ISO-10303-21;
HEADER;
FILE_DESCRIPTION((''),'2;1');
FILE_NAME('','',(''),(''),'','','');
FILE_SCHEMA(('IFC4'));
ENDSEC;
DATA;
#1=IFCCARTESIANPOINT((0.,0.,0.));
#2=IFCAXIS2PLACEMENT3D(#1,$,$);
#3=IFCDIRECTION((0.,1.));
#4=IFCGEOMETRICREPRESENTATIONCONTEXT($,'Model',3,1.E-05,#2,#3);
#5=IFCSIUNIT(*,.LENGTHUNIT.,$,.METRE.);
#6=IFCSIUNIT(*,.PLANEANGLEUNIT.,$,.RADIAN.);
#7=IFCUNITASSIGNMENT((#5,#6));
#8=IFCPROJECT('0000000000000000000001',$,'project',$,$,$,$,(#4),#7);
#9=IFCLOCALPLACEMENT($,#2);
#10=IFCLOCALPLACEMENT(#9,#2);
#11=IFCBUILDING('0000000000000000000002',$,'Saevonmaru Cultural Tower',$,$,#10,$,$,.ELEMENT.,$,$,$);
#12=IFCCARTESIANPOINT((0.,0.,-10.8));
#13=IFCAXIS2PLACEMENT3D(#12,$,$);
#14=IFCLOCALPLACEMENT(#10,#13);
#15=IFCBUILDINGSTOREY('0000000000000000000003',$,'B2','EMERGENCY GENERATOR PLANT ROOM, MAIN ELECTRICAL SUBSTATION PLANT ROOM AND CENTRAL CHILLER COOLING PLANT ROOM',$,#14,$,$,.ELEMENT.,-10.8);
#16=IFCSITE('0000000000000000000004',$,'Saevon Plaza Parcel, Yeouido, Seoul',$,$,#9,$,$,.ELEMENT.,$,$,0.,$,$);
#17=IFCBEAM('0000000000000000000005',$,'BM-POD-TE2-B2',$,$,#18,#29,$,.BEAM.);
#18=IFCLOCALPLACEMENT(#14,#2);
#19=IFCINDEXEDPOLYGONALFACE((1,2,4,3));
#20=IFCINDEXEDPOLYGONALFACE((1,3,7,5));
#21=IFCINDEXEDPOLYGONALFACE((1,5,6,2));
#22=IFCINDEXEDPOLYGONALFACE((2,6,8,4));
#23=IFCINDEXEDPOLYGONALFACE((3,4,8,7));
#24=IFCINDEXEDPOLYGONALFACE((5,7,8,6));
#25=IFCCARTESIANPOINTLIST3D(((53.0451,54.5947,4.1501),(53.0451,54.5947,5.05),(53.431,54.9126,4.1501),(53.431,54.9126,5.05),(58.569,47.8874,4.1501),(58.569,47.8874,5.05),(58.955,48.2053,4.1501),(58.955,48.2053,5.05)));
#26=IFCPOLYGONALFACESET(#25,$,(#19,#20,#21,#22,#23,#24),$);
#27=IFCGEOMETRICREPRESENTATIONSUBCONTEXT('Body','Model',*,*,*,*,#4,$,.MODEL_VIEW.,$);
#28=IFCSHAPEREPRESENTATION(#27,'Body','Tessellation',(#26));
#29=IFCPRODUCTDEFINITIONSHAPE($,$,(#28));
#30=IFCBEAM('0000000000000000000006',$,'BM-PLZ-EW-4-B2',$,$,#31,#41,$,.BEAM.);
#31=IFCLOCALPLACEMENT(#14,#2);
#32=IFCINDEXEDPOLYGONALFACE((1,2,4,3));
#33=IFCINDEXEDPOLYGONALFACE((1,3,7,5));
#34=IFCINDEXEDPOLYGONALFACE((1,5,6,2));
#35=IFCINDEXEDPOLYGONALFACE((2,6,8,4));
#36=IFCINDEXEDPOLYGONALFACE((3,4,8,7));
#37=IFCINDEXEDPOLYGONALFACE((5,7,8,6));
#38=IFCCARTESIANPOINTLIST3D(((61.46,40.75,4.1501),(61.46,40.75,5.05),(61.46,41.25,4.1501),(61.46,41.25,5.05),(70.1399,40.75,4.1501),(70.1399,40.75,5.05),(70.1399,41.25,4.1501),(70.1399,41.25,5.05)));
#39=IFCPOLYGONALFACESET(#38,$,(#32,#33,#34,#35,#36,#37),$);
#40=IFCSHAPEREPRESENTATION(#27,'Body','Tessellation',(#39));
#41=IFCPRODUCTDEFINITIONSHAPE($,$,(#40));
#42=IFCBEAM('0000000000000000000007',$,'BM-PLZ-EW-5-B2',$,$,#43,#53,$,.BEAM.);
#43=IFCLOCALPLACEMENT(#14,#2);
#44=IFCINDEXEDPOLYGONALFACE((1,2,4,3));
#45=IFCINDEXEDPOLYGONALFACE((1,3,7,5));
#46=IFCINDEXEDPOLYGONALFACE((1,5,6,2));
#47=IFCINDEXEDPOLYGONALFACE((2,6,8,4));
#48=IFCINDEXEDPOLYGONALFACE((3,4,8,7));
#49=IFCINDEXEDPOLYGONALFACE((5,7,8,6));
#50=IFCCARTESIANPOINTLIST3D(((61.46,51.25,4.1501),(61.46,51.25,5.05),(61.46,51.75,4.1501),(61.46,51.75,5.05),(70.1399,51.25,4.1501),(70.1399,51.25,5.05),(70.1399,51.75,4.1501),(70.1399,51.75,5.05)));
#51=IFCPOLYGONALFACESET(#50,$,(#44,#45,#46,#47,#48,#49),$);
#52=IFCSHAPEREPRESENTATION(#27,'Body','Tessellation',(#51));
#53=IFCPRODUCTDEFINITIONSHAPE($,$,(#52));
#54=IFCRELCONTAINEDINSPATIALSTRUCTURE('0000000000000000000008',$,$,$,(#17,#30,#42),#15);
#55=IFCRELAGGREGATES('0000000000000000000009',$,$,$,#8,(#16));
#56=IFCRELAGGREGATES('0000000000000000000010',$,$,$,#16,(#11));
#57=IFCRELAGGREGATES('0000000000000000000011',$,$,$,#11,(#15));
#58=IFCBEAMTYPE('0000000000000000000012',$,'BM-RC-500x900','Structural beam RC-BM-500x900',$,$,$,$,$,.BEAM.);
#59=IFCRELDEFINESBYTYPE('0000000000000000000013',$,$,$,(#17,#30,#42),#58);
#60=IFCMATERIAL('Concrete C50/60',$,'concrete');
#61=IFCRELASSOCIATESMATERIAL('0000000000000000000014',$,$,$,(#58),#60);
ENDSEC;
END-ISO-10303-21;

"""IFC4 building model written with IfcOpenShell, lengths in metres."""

from ifc_helpers import new_model, si_unit, direction, frame, origin, origin_2d, place, context, subcontext, project, spatial, rectangle, extrude, material, material_profile, profile_set, type_object, element, save


model = new_model("IFC4")

# Units and contexts
model_context = context("Model", 3, precision=1e-05, world=origin(), true_north=direction((0.0, 1.0)))
body_context = subcontext(model_context, "Body", "Model", "MODEL_VIEW")
ifc_project = project(units=[si_unit("LENGTHUNIT", "METRE"), si_unit("PLANEANGLEUNIT", "RADIAN")], contexts=[model_context])

# Site, building, storey
site_placement = place(None, origin())
site = spatial("IfcSite", under=ifc_project, at=site_placement, Name="Saevon Plaza Parcel, Yeouido, Seoul", CompositionType="ELEMENT", RefElevation=0.0)
building_placement = place(site_placement, origin())
building = spatial("IfcBuilding", under=site, at=building_placement, Name="Saevonmaru Cultural Tower", CompositionType="ELEMENT")
storey_placement = place(building_placement, frame((0.0, 0.0, -10.8)))
storey = spatial("IfcBuildingStorey", under=building, at=storey_placement, Name="B2", Description="EMERGENCY GENERATOR PLANT ROOM, MAIN ELECTRICAL SUBSTATION PLANT ROOM AND CENTRAL CHILLER COOLING PLANT ROOM", CompositionType="ELEMENT", Elevation=-10.8)

# Shared definitions
ifc_material_1 = material(Name="Concrete C50/60", Category="concrete")

# Beams
ifc_material_profile_1 = material_profile(ifc_material_1, rectangle(XDim=0.5, YDim=0.8999, at=origin_2d()), Name="RC-BM-500x900")
ifc_profile_set_1 = profile_set([ifc_material_profile_1], Name="Concrete C50/60")
beam_type_1 = type_object("IfcBeamType", Name="BM-RC-500x900", Description="Structural beam RC-BM-500x900", PredefinedType="BEAM", material=ifc_profile_set_1)
beam_1_placement = place(storey_placement, frame((53.238, 54.7537, 4.6001), z_axis=(0.635727, -0.771914, 0.0), x_axis=(0.771914, 0.635727, 0.0)))
element("IfcBeam", 1, at=beam_1_placement, inside=storey, type_object=beam_type_1, Name="BM-POD-TE2-B2", PredefinedType="BEAM", context=body_context, shape_type="SweptSolid", body=[
    extrude(rectangle(XDim=0.5, YDim=0.8999, at=origin_2d()), origin(), (0.0, 0.0, 1.0), 8.6892),
])
for number, where, z_axis, x_axis, name in (
    (2, (61.46, 41.0, 4.6001), (1.0, 0.0, 0.0), (0.0, 1.0, 0.0), "BM-PLZ-EW-4-B2"),
    (3, (61.46, 51.5, 4.6001), (1.0, 0.0, 0.0), (0.0, 1.0, 0.0), "BM-PLZ-EW-5-B2"),
):
    element("IfcBeam", number, at=place(storey_placement, frame(where, z_axis=z_axis, x_axis=x_axis)), inside=storey, type_object=beam_type_1, Name=name, PredefinedType="BEAM", context=body_context, shape_type="SweptSolid", body=[
        extrude(rectangle(XDim=0.5, YDim=0.8999, at=origin_2d()), origin(), (0.0, 0.0, 1.0), 8.6799),
    ])

save(model, "model.ifc")
